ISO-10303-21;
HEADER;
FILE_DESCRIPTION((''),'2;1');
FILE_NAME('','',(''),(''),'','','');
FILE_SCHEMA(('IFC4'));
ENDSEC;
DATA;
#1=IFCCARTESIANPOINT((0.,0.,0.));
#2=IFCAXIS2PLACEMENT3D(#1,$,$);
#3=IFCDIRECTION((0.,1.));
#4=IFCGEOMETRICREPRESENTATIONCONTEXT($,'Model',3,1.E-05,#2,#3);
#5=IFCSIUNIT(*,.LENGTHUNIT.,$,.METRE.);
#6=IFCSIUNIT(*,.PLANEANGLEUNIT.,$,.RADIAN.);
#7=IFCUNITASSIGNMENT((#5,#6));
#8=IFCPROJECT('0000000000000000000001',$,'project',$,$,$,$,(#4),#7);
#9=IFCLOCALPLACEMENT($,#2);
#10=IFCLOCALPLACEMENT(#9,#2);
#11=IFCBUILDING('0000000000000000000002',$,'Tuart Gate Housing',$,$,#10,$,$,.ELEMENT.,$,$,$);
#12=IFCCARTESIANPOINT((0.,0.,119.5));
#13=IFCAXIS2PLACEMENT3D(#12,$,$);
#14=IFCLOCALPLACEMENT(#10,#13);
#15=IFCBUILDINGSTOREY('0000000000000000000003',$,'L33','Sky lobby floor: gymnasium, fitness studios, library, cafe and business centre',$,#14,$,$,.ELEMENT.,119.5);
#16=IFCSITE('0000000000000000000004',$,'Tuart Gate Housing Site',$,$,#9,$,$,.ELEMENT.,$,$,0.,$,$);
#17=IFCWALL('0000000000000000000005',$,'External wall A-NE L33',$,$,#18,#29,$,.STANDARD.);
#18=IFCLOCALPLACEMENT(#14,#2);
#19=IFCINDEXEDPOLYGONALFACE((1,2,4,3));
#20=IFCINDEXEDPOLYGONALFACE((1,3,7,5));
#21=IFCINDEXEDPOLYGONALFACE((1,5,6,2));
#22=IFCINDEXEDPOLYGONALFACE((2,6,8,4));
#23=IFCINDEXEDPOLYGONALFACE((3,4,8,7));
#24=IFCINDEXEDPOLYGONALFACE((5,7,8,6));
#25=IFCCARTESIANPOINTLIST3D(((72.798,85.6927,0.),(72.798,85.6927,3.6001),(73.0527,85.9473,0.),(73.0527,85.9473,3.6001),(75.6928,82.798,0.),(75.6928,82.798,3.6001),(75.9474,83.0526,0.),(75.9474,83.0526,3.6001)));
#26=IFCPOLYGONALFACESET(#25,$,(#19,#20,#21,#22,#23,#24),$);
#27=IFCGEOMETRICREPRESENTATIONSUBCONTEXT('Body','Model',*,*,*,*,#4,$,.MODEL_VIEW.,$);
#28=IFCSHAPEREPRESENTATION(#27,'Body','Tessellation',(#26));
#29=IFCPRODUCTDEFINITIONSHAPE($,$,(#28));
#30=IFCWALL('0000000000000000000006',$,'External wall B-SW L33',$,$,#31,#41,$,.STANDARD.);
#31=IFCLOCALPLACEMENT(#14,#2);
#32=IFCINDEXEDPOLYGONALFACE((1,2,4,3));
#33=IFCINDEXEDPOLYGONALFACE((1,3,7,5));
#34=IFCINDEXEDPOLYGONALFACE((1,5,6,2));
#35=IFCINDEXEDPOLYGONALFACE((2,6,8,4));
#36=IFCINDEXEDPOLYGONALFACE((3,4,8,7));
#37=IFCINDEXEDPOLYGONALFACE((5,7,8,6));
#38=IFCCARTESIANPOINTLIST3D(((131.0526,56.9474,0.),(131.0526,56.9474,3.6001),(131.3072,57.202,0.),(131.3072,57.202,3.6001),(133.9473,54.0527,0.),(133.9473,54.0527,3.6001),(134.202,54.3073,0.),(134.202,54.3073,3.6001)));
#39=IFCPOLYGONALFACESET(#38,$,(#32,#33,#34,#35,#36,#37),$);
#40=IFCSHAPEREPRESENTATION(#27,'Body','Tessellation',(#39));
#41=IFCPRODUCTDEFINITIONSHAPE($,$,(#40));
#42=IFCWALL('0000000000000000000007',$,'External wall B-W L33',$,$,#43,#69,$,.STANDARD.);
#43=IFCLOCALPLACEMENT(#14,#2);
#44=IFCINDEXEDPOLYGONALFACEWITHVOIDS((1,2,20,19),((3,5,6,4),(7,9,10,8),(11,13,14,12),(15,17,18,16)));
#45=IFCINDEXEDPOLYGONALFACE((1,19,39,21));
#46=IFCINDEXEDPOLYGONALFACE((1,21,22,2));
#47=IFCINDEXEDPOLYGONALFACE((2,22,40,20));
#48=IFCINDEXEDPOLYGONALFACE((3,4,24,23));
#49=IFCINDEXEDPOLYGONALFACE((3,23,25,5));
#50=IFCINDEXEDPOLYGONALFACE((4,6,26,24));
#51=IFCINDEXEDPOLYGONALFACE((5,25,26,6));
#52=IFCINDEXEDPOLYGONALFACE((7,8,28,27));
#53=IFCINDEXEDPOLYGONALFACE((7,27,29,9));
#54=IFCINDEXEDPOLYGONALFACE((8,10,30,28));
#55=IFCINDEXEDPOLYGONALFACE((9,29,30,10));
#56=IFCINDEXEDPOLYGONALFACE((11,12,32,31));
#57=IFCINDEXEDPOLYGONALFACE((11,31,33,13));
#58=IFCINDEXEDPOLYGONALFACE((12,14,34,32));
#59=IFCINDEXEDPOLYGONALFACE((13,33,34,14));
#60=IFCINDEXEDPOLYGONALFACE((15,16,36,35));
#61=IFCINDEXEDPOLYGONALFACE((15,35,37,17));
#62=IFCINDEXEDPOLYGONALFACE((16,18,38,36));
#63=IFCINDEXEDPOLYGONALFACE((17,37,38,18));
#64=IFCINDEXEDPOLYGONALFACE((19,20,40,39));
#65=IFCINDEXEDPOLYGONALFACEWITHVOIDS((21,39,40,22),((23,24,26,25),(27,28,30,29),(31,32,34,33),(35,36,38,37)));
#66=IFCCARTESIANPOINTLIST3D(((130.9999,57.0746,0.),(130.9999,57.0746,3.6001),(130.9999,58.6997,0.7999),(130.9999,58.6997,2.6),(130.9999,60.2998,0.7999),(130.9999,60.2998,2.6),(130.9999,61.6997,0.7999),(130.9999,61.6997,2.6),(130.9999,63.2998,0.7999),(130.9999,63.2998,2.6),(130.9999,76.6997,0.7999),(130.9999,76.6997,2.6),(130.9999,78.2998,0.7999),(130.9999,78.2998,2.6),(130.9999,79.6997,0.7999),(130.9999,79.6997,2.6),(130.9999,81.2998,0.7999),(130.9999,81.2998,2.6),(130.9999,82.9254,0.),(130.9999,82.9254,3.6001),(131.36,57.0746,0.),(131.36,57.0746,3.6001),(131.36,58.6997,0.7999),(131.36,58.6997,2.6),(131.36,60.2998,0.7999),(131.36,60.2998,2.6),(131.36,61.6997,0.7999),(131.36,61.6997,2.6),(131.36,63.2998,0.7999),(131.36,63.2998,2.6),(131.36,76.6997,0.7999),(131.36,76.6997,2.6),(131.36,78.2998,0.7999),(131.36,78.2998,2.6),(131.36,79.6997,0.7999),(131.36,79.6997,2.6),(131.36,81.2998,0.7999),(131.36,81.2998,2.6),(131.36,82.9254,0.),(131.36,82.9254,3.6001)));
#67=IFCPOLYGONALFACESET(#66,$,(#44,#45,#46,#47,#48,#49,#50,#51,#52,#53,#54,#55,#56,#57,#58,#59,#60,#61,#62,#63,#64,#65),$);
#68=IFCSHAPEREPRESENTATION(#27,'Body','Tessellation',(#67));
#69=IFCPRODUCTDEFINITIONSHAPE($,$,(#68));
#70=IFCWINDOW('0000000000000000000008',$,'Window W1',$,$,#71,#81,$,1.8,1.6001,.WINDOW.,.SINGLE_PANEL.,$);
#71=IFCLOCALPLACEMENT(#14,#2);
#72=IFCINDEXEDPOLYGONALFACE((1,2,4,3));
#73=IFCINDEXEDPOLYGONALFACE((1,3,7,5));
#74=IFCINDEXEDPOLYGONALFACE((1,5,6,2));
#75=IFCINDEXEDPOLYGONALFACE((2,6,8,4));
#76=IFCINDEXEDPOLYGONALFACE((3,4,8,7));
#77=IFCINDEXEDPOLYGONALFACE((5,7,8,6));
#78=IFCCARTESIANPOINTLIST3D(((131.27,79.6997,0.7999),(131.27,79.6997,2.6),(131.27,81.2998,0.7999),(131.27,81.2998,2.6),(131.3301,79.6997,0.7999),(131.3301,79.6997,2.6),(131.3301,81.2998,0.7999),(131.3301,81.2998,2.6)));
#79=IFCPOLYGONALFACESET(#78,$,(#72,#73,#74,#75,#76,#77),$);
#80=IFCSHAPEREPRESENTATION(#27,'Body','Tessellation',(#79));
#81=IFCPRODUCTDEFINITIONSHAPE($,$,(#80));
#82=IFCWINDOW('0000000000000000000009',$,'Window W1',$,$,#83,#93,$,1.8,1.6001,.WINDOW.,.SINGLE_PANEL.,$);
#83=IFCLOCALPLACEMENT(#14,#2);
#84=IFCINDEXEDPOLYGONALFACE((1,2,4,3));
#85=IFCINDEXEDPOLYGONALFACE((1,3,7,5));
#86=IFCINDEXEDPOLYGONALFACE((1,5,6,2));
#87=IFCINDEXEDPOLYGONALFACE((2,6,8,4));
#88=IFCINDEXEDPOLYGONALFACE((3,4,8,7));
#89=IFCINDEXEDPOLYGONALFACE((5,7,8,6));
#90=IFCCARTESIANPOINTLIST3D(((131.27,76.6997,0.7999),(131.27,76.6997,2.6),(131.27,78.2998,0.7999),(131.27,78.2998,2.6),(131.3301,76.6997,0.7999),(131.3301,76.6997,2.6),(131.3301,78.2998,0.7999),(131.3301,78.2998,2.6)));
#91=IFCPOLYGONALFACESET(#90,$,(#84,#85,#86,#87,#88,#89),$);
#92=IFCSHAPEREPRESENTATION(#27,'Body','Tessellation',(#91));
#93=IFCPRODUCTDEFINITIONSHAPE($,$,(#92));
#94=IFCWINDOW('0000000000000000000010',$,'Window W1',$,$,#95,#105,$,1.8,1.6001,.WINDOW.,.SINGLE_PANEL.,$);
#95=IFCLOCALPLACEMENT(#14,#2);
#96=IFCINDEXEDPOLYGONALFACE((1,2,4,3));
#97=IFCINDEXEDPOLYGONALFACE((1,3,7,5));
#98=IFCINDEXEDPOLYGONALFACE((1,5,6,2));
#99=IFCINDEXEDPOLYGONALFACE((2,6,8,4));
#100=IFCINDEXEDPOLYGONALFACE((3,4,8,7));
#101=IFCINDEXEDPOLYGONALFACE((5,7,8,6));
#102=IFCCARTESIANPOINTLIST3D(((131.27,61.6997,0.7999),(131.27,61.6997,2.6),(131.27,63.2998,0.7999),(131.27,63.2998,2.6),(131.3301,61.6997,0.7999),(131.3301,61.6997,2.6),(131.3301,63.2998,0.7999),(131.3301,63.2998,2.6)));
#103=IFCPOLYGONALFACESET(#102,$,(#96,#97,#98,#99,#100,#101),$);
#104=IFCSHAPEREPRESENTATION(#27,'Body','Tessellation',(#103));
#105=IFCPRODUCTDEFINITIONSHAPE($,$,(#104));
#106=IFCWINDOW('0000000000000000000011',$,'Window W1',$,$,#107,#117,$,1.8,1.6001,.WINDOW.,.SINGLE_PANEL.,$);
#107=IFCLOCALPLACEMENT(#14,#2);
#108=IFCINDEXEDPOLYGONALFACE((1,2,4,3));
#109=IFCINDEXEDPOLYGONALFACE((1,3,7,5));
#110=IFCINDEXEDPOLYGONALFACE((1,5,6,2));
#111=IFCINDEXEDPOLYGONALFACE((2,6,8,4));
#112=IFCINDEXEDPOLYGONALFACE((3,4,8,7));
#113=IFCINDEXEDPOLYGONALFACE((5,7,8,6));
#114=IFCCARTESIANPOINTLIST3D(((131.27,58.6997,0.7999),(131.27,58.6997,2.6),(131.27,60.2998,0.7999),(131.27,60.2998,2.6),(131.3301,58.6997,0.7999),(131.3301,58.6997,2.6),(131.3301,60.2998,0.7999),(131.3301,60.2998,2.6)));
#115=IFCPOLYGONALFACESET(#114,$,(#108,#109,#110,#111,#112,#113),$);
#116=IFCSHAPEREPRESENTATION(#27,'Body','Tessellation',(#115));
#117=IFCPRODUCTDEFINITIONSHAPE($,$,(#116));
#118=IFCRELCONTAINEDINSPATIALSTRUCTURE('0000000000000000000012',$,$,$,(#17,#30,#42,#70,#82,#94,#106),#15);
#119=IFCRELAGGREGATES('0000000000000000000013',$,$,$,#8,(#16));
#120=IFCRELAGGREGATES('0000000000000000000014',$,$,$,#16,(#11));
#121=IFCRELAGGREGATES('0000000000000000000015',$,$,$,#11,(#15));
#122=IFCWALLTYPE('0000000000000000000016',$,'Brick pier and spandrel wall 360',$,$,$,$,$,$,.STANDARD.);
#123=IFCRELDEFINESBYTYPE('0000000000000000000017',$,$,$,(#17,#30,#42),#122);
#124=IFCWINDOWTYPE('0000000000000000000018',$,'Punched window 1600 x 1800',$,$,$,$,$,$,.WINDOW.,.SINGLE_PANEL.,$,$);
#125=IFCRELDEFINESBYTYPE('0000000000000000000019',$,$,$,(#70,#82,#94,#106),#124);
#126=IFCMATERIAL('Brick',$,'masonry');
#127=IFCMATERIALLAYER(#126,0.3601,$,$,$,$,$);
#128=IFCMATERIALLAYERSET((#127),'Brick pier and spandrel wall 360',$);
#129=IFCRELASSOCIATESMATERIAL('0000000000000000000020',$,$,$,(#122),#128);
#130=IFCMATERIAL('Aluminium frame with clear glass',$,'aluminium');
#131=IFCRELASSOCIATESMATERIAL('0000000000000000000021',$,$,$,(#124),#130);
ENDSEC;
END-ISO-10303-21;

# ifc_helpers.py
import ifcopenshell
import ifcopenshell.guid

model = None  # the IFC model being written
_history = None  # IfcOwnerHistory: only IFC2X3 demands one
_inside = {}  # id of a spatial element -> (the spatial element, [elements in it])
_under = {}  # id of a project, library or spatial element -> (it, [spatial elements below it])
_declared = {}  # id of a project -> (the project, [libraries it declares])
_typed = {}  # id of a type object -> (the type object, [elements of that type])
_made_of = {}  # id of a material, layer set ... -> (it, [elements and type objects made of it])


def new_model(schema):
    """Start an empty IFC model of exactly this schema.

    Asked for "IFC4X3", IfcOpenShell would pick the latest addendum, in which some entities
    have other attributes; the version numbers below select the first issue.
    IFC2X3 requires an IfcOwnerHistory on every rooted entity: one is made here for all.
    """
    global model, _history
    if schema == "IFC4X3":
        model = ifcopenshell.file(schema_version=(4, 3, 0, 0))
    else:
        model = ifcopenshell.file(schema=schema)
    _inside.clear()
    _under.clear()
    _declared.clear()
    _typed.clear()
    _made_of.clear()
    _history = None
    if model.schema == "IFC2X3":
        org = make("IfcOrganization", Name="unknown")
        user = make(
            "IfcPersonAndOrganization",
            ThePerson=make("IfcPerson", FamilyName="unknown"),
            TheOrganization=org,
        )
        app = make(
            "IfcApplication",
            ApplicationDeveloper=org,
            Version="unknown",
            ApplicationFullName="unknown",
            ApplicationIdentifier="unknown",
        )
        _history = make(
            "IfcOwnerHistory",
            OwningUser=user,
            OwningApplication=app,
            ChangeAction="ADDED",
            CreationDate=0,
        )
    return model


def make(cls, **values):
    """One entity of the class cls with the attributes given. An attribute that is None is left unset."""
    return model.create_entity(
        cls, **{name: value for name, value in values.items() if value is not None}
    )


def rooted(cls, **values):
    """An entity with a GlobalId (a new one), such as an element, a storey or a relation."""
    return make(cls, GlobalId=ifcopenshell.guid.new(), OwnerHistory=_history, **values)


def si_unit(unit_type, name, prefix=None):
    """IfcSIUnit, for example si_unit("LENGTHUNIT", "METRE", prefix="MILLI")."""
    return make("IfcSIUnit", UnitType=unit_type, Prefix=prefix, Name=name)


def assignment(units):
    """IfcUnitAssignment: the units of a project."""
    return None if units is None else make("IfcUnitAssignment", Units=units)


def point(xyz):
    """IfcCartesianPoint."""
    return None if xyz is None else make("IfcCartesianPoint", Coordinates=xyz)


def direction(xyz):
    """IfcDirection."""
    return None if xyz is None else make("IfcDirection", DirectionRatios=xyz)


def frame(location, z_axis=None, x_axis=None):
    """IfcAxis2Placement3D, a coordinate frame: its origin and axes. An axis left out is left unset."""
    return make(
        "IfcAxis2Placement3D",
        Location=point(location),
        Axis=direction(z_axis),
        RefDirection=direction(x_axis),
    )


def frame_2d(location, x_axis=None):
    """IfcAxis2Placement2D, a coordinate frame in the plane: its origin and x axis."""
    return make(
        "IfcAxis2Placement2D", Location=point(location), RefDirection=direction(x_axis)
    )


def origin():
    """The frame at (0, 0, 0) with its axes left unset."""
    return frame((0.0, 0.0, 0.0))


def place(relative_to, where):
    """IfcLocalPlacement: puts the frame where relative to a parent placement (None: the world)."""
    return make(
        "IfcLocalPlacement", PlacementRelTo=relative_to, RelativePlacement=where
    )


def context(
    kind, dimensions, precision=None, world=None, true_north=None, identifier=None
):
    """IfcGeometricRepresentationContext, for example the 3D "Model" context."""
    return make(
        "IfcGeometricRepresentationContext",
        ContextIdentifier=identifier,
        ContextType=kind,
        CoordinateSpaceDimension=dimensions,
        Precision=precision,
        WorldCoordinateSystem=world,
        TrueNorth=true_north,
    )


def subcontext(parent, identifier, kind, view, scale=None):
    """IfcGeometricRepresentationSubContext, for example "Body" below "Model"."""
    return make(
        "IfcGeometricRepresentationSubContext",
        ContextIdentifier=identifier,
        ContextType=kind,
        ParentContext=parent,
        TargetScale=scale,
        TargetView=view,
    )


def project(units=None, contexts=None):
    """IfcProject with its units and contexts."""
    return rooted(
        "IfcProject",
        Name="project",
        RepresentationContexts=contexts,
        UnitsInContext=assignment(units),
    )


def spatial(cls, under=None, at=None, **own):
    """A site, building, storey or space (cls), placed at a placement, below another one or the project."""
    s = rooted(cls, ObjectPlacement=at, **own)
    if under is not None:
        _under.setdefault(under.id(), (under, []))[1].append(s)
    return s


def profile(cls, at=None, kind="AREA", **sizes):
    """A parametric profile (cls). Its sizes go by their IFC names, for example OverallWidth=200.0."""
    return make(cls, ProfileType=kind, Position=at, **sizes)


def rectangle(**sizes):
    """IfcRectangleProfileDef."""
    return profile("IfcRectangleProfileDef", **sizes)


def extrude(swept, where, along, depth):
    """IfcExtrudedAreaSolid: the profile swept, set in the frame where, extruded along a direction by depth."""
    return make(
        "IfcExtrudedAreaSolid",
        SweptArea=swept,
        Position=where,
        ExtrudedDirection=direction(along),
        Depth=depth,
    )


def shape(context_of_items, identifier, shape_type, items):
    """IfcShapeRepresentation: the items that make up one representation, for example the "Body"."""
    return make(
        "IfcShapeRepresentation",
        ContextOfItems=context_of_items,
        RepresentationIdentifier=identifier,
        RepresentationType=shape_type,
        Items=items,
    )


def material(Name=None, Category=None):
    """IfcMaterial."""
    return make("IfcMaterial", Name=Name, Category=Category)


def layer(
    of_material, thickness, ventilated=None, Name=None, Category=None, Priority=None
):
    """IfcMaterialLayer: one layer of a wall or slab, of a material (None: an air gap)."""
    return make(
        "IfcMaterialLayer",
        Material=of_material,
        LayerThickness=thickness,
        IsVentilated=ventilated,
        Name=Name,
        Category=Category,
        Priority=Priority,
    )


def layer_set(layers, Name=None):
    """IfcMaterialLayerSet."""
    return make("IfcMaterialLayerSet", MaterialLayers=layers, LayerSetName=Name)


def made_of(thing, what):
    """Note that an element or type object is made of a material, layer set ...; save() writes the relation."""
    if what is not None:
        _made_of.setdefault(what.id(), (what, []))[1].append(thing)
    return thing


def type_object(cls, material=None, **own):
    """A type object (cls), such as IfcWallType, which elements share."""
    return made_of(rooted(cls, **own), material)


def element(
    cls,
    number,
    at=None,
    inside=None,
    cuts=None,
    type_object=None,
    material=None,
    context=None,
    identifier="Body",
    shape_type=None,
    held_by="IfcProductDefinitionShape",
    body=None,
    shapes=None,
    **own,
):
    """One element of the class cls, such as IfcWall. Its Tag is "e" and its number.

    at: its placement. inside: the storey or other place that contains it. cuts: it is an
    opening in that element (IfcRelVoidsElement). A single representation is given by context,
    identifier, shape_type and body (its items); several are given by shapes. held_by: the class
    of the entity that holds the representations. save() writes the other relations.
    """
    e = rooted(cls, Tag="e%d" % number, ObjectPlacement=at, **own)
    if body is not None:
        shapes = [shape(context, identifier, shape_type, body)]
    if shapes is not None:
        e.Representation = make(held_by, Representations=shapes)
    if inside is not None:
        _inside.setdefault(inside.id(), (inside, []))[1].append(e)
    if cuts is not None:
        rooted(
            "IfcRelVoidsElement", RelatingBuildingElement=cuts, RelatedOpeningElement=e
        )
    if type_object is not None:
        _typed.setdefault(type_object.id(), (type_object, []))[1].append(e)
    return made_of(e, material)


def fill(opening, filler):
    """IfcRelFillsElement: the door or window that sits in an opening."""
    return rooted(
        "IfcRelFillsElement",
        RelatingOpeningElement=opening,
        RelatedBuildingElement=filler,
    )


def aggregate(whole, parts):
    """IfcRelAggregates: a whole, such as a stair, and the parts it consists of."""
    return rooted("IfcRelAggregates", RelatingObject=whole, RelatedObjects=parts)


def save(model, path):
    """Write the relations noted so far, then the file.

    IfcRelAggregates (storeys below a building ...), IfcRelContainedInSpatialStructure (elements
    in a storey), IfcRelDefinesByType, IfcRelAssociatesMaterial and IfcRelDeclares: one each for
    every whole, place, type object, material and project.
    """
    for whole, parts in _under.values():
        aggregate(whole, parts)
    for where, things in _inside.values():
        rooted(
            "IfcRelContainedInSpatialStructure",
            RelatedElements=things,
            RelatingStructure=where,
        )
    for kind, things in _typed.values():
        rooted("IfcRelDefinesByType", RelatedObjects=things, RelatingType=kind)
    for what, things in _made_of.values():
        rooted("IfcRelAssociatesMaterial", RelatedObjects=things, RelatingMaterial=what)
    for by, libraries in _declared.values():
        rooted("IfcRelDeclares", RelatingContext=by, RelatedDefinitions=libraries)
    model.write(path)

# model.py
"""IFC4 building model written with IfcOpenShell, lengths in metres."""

from ifc_helpers import new_model, si_unit, direction, frame, frame_2d, origin, place, context, subcontext, project, spatial, rectangle, extrude, material, layer, layer_set, type_object, element, fill, save


model = new_model("IFC4")

# Units and contexts
model_context = context("Model", 3, precision=1e-05, world=origin(), true_north=direction((0.0, 1.0)))
body_context = subcontext(model_context, "Body", "Model", "MODEL_VIEW")
ifc_project = project(units=[si_unit("LENGTHUNIT", "METRE"), si_unit("PLANEANGLEUNIT", "RADIAN")], contexts=[model_context])

# Site, building, storey
site_placement = place(None, origin())
site = spatial("IfcSite", under=ifc_project, at=site_placement, Name="Tuart Gate Housing Site", CompositionType="ELEMENT", RefElevation=0.0)
building_placement = place(site_placement, origin())
building = spatial("IfcBuilding", under=site, at=building_placement, Name="Tuart Gate Housing", CompositionType="ELEMENT")
storey_placement = place(building_placement, frame((0.0, 0.0, 119.5)))
storey = spatial("IfcBuildingStorey", under=building, at=storey_placement, Name="L33", Description="Sky lobby floor: gymnasium, fitness studios, library, cafe and business centre", CompositionType="ELEMENT", Elevation=119.5)

# Walls
ifc_material_1 = material(Name="Brick", Category="masonry")
ifc_layer = layer(ifc_material_1, 0.3601)
ifc_layer_set = layer_set([ifc_layer], Name="Brick pier and spandrel wall 360")
wall_type = type_object("IfcWallType", Name="Brick pier and spandrel wall 360", PredefinedType="STANDARD", material=ifc_layer_set)
for number, where, z_axis, x_axis, name in (
    (1, (75.8201, 82.9253, 0.0), (0.0, 0.0, 1.0), (-0.707107, 0.707107, 0.0), "External wall A-NE L33"),
    (2, (131.1799, 57.0747, 0.0), (0.0, 0.0, 1.0), (0.707107, -0.707107, 0.0), "External wall B-SW L33"),
):
    element("IfcWall", number, at=place(storey_placement, frame(where, z_axis=z_axis, x_axis=x_axis)), inside=storey, type_object=wall_type, Name=name, PredefinedType="STANDARD", context=body_context, shape_type="SweptSolid", body=[
        extrude(rectangle(XDim=4.0938, YDim=0.3601, at=frame_2d((2.0469, 0.0))), origin(), (0.0, 0.0, 1.0), 3.6001),
    ])

# Wall, openings, windows
wall_placement = place(storey_placement, frame((131.1799, 82.9253, 0.0), z_axis=(0.0, 0.0, 1.0), x_axis=(0.0, -1.0, 0.0)))
wall = element("IfcWall", 3, at=wall_placement, inside=storey, type_object=wall_type, Name="External wall B-W L33", PredefinedType="STANDARD", context=body_context, shape_type="SweptSolid", body=[
    extrude(rectangle(XDim=25.8508, YDim=0.3601, at=frame_2d((12.9253, 0.0))), origin(), (0.0, 0.0, 1.0), 3.6001),
])
opening_1_placement = place(wall_placement, frame((1.6255, 0.0, 0.8)))
opening_1 = element("IfcOpeningElement", 4, at=opening_1_placement, cuts=wall, PredefinedType="OPENING", context=body_context, shape_type="SweptSolid", body=[
    extrude(rectangle(XDim=1.6001, YDim=1.8, at=frame_2d((0.8, 0.8999))), frame((0.0, 0.1899, 0.0), z_axis=(0.0, -1.0, 0.0), x_axis=(1.0, 0.0, 0.0)), (0.0, 0.0, 1.0), 0.3801),
])
opening_2_placement = place(wall_placement, frame((4.6255, 0.0, 0.8)))
opening_2 = element("IfcOpeningElement", 5, at=opening_2_placement, cuts=wall, PredefinedType="OPENING", context=body_context, shape_type="SweptSolid", body=[
    extrude(rectangle(XDim=1.6001, YDim=1.8, at=frame_2d((0.8, 0.8999))), frame((0.0, 0.1899, 0.0), z_axis=(0.0, -1.0, 0.0), x_axis=(1.0, 0.0, 0.0)), (0.0, 0.0, 1.0), 0.3801),
])
opening_3_placement = place(wall_placement, frame((19.6255, 0.0, 0.8)))
opening_3 = element("IfcOpeningElement", 6, at=opening_3_placement, cuts=wall, PredefinedType="OPENING", context=body_context, shape_type="SweptSolid", body=[
    extrude(rectangle(XDim=1.6001, YDim=1.8, at=frame_2d((0.8, 0.8999))), frame((0.0, 0.1899, 0.0), z_axis=(0.0, -1.0, 0.0), x_axis=(1.0, 0.0, 0.0)), (0.0, 0.0, 1.0), 0.3801),
])
opening_4_placement = place(wall_placement, frame((22.6255, 0.0, 0.8)))
opening_4 = element("IfcOpeningElement", 7, at=opening_4_placement, cuts=wall, PredefinedType="OPENING", context=body_context, shape_type="SweptSolid", body=[
    extrude(rectangle(XDim=1.6001, YDim=1.8, at=frame_2d((0.8, 0.8999))), frame((0.0, 0.1899, 0.0), z_axis=(0.0, -1.0, 0.0), x_axis=(1.0, 0.0, 0.0)), (0.0, 0.0, 1.0), 0.3801),
])
ifc_material_2 = material(Name="Aluminium frame with clear glass", Category="aluminium")
window_type = type_object("IfcWindowType", Name="Punched window 1600 x 1800", PartitioningType="SINGLE_PANEL", PredefinedType="WINDOW", material=ifc_material_2)
window_1_placement = place(opening_1_placement, origin())
window_1 = element("IfcWindow", 8, at=window_1_placement, inside=storey, type_object=window_type, Name="Window W1", OverallHeight=1.8, OverallWidth=1.6001, PartitioningType="SINGLE_PANEL", PredefinedType="WINDOW", context=body_context, shape_type="SweptSolid", body=[
    extrude(rectangle(XDim=1.6001, YDim=1.8, at=frame_2d((0.8, 0.8999))), frame((0.0, 0.1501, 0.0), z_axis=(0.0, -1.0, 0.0), x_axis=(1.0, 0.0, 0.0)), (0.0, 0.0, 1.0), 0.0601),
])
fill(opening_1, window_1)
window_2_placement = place(opening_2_placement, origin())
window_2 = element("IfcWindow", 9, at=window_2_placement, inside=storey, type_object=window_type, Name="Window W1", OverallHeight=1.8, OverallWidth=1.6001, PartitioningType="SINGLE_PANEL", PredefinedType="WINDOW", context=body_context, shape_type="SweptSolid", body=[
    extrude(rectangle(XDim=1.6001, YDim=1.8, at=frame_2d((0.8, 0.8999))), frame((0.0, 0.1501, 0.0), z_axis=(0.0, -1.0, 0.0), x_axis=(1.0, 0.0, 0.0)), (0.0, 0.0, 1.0), 0.0601),
])
fill(opening_2, window_2)
window_3_placement = place(opening_3_placement, origin())
window_3 = element("IfcWindow", 10, at=window_3_placement, inside=storey, type_object=window_type, Name="Window W1", OverallHeight=1.8, OverallWidth=1.6001, PartitioningType="SINGLE_PANEL", PredefinedType="WINDOW", context=body_context, shape_type="SweptSolid", body=[
    extrude(rectangle(XDim=1.6001, YDim=1.8, at=frame_2d((0.8, 0.8999))), frame((0.0, 0.1501, 0.0), z_axis=(0.0, -1.0, 0.0), x_axis=(1.0, 0.0, 0.0)), (0.0, 0.0, 1.0), 0.0601),
])
fill(opening_3, window_3)
window_4_placement = place(opening_4_placement, origin())
window_4 = element("IfcWindow", 11, at=window_4_placement, inside=storey, type_object=window_type, Name="Window W1", OverallHeight=1.8, OverallWidth=1.6001, PartitioningType="SINGLE_PANEL", PredefinedType="WINDOW", context=body_context, shape_type="SweptSolid", body=[
    extrude(rectangle(XDim=1.6001, YDim=1.8, at=frame_2d((0.8, 0.8999))), frame((0.0, 0.1501, 0.0), z_axis=(0.0, -1.0, 0.0), x_axis=(1.0, 0.0, 0.0)), (0.0, 0.0, 1.0), 0.0601),
])
fill(opening_4, window_4)

save(model, "model.ifc")
